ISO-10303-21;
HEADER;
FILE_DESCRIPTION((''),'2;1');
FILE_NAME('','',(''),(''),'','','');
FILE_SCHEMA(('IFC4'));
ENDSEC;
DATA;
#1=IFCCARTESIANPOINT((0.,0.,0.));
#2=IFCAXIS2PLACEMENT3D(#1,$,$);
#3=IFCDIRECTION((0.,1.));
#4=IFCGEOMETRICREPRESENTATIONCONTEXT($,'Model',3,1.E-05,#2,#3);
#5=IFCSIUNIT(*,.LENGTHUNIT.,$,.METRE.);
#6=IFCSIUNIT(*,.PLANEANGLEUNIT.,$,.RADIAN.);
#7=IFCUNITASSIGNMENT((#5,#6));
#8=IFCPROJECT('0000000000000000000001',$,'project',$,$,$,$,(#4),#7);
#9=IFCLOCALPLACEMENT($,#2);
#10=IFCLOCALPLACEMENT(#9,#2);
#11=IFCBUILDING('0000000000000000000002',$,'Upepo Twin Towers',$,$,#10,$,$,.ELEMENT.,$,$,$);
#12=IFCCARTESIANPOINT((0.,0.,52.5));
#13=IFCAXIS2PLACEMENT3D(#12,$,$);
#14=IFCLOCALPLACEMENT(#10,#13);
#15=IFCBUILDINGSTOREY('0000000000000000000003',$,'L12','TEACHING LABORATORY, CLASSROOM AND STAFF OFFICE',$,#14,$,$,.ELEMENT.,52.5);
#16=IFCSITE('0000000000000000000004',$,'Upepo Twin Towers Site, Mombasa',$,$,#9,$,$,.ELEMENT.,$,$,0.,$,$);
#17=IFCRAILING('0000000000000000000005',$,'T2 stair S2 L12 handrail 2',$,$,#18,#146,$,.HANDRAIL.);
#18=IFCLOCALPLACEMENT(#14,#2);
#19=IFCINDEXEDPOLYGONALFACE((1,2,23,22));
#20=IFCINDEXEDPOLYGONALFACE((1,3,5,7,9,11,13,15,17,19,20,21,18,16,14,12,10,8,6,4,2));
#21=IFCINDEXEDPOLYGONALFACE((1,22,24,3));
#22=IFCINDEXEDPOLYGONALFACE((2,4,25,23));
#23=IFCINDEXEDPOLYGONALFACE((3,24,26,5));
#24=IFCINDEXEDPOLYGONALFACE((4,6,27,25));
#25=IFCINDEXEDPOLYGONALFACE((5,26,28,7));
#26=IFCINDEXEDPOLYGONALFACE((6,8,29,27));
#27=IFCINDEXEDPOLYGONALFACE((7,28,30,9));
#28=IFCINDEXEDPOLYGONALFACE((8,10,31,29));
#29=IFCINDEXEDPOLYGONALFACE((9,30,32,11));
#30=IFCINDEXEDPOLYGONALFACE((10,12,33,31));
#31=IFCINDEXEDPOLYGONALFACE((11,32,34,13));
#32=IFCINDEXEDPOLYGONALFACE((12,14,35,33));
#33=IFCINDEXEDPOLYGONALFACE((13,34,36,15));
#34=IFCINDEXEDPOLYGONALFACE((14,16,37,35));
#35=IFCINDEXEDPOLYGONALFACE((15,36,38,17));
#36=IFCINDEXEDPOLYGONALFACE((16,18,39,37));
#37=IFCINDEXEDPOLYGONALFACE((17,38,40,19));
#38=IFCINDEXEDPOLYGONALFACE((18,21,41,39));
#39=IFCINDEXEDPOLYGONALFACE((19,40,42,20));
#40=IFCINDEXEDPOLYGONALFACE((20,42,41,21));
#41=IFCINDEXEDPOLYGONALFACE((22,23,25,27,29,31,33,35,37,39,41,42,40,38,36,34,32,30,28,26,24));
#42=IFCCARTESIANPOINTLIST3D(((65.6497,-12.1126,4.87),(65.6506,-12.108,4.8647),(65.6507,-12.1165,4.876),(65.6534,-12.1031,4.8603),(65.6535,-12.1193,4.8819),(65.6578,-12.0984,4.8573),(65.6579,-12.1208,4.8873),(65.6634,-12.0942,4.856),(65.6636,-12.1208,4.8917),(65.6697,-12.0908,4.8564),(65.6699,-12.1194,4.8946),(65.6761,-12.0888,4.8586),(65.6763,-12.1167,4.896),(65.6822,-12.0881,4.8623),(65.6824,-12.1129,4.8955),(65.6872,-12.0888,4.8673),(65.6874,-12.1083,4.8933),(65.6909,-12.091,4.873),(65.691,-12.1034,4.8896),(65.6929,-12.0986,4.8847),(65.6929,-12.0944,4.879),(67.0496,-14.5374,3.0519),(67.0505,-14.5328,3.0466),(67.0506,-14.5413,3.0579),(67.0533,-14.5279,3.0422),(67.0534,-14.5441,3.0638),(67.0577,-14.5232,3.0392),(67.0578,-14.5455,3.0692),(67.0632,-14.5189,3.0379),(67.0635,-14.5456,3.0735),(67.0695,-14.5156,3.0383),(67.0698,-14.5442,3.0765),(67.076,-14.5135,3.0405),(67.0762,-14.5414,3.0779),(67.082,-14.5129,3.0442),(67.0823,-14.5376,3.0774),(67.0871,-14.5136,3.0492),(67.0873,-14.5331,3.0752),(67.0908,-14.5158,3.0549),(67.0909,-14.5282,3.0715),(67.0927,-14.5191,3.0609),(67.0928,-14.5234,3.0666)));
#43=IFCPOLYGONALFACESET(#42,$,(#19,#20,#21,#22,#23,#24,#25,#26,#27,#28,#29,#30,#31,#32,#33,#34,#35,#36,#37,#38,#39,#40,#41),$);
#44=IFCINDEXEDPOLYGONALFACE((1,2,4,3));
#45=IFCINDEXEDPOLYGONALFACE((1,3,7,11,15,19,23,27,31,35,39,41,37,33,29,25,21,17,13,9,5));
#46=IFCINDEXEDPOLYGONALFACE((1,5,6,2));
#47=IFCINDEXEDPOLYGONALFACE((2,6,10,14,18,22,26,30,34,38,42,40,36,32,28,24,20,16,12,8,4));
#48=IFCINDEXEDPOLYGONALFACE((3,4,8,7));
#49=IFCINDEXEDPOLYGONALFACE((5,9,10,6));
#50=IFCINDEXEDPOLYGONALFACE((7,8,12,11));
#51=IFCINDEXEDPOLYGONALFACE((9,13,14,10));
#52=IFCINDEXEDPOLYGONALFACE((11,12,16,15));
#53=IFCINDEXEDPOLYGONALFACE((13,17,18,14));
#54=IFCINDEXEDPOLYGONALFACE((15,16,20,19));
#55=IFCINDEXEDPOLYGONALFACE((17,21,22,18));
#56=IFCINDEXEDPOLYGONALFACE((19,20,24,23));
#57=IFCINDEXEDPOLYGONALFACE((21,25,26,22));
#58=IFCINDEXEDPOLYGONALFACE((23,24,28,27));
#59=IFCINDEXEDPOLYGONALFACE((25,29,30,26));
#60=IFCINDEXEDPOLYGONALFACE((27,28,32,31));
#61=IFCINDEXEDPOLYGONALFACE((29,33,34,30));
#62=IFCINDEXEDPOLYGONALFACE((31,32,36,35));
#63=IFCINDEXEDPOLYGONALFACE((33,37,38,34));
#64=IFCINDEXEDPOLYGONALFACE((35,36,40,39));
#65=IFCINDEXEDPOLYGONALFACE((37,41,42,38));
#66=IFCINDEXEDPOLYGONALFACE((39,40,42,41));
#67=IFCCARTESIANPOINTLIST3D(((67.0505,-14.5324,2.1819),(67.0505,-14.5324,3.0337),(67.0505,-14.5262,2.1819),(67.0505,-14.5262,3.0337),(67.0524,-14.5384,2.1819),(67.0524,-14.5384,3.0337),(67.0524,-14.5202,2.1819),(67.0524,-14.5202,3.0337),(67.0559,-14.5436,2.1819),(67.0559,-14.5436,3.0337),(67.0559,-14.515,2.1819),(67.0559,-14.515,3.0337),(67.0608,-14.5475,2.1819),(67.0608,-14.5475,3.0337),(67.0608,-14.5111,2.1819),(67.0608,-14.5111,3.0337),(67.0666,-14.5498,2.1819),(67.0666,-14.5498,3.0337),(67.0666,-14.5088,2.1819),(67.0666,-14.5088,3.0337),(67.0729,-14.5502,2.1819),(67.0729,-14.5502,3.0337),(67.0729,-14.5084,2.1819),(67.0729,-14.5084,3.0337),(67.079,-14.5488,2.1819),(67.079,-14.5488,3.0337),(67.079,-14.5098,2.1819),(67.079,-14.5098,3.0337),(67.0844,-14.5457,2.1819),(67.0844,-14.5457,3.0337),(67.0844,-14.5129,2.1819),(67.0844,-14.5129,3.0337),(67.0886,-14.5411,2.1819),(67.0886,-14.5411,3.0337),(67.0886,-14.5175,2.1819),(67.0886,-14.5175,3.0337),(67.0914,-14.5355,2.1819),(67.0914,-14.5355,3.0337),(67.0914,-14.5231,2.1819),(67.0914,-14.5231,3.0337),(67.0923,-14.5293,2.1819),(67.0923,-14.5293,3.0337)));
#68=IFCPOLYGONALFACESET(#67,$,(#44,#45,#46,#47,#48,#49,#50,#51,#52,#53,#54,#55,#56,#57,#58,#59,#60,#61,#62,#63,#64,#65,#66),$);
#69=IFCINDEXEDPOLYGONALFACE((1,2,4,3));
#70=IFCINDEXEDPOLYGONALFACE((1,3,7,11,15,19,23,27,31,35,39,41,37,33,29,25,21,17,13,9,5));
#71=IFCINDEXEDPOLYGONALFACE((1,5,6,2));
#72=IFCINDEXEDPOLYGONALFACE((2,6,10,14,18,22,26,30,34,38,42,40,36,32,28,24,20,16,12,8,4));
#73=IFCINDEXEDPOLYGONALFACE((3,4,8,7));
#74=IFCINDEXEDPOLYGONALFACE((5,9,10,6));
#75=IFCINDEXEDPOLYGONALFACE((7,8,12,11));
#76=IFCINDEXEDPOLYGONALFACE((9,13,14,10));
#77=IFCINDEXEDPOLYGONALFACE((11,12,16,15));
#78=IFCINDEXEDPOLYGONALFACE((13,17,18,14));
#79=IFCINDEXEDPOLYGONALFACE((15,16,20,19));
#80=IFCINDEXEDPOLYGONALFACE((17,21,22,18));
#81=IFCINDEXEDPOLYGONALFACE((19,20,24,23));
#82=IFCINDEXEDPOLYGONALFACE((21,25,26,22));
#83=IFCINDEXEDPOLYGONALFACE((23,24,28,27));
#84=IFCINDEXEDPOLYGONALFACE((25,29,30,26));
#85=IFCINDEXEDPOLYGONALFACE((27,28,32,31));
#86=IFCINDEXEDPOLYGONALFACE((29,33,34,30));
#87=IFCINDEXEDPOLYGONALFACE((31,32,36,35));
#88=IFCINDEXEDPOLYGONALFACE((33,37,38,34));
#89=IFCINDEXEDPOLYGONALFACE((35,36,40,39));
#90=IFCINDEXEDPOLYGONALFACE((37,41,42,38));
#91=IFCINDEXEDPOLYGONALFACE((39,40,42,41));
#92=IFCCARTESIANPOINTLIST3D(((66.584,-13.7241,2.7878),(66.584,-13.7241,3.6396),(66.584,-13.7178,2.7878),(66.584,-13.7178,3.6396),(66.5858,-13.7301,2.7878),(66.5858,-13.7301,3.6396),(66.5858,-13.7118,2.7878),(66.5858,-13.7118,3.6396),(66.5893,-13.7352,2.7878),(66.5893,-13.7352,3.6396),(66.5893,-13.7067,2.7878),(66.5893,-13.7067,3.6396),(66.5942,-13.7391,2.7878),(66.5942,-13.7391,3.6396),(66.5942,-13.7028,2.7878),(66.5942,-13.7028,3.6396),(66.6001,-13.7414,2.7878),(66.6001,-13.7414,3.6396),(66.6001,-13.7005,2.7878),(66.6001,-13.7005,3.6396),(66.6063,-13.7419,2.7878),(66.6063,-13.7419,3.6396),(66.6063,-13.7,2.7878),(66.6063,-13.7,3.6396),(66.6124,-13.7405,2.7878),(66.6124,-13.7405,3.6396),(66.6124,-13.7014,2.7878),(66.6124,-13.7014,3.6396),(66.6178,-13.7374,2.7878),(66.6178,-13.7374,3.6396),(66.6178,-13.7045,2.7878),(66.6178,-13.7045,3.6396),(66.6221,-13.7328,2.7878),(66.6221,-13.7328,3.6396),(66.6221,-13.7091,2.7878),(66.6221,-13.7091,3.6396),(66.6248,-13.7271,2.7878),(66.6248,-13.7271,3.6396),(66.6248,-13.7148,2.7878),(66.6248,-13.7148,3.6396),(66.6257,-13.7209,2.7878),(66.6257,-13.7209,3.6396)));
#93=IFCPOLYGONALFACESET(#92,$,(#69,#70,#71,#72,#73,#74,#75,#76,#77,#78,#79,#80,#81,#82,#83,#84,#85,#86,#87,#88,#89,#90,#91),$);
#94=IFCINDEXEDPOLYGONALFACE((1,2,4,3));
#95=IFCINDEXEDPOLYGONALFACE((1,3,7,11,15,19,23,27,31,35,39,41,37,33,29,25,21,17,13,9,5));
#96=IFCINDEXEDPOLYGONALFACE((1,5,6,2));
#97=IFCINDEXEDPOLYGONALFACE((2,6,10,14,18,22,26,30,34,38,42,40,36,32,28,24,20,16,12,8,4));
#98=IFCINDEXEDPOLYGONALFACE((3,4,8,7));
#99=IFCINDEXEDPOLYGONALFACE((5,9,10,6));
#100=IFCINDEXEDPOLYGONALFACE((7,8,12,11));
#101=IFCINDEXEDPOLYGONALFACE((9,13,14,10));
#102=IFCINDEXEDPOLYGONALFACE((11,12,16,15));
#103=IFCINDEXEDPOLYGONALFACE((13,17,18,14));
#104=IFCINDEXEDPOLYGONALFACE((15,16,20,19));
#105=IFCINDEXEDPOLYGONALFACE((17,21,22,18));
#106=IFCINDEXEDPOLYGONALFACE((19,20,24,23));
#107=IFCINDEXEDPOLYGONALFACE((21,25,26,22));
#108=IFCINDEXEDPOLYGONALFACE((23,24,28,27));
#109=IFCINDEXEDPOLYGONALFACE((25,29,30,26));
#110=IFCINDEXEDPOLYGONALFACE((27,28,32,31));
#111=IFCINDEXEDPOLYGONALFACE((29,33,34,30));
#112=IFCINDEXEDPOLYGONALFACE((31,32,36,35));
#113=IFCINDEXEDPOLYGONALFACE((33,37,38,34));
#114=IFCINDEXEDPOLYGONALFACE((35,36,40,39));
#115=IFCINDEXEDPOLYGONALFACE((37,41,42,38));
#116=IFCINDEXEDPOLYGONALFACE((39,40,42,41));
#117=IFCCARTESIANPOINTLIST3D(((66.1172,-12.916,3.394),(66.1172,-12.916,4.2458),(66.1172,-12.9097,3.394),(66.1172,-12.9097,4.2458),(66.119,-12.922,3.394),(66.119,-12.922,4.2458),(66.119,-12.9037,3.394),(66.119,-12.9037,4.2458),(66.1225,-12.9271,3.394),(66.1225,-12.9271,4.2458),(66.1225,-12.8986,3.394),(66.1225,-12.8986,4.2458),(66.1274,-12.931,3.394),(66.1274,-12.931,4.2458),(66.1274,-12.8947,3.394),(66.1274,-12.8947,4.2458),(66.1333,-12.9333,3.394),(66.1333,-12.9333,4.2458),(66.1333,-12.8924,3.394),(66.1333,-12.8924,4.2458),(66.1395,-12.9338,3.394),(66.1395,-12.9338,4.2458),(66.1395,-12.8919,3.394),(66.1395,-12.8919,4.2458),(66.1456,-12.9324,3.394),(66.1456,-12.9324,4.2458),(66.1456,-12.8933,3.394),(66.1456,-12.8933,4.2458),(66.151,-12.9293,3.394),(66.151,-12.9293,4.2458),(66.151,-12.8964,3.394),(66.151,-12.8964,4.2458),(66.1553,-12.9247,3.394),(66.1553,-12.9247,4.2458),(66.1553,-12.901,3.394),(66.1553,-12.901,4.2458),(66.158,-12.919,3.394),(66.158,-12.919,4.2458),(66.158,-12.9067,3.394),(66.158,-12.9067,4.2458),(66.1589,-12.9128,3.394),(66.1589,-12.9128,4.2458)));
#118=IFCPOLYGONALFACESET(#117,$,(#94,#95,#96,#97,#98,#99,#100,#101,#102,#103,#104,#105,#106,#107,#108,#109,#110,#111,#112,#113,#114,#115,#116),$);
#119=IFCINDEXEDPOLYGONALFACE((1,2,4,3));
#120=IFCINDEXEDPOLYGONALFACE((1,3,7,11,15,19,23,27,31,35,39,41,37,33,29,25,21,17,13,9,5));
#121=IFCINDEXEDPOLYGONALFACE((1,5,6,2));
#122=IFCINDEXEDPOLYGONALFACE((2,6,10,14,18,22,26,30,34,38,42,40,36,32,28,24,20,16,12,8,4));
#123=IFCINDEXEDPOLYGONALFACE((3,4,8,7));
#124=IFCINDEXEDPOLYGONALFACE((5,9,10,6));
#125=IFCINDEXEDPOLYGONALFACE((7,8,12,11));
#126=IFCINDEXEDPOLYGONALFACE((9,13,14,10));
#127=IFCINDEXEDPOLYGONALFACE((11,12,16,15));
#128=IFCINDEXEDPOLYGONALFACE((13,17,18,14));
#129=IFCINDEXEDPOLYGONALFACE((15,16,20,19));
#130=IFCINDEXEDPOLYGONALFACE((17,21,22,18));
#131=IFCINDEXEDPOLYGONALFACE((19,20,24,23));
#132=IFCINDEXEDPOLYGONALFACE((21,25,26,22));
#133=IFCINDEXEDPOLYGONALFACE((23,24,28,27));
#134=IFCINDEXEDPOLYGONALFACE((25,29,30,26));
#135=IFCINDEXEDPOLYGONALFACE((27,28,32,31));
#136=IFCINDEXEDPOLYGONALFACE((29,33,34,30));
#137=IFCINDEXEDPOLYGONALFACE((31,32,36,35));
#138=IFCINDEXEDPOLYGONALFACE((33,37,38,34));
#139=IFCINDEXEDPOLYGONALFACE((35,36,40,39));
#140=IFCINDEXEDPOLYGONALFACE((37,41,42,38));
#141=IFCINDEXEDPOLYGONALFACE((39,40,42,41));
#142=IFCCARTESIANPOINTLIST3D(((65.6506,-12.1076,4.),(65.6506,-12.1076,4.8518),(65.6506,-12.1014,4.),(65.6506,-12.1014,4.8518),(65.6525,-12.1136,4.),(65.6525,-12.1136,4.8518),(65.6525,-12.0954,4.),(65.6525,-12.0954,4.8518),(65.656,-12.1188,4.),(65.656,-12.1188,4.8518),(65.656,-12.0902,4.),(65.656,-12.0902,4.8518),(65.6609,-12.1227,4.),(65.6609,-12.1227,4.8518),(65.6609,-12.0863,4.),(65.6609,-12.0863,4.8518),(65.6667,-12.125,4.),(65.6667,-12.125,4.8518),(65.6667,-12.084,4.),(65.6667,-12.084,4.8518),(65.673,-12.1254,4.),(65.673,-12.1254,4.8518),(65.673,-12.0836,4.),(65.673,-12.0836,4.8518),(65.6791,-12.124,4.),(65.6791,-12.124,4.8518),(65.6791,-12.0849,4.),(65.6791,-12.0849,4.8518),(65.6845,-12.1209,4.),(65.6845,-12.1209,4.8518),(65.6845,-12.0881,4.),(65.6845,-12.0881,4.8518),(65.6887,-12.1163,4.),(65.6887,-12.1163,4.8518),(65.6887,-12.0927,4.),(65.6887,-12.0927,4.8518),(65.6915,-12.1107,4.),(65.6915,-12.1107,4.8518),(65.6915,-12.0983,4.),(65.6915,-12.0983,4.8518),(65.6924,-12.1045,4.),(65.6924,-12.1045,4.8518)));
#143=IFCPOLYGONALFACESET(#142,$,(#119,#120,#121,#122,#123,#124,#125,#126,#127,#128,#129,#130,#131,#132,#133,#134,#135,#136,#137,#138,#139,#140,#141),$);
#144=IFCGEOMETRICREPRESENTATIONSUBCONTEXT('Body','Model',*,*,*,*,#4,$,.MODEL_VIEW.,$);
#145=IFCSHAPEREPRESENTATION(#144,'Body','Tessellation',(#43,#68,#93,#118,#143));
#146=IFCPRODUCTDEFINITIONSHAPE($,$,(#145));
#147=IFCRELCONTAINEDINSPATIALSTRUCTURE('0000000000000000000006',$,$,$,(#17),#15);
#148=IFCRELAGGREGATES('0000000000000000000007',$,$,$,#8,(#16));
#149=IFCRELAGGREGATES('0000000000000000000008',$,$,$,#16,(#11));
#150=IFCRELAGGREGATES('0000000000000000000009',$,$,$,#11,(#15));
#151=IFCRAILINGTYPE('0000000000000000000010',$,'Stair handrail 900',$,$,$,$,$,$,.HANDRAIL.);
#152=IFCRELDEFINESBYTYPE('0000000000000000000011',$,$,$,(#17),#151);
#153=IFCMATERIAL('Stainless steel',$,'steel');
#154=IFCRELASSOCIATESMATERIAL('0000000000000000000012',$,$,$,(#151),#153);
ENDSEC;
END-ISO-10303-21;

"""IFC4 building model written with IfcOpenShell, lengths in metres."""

from ifc_helpers import new_model, si_unit, direction, frame, origin, origin_2d, place, context, subcontext, project, spatial, circle, extrude, material, type_object, element, save


model = new_model("IFC4")

# Units and contexts
model_context = context("Model", 3, precision=1e-05, world=origin(), true_north=direction((0.0, 1.0)))
body_context = subcontext(model_context, "Body", "Model", "MODEL_VIEW")
ifc_project = project(units=[si_unit("LENGTHUNIT", "METRE"), si_unit("PLANEANGLEUNIT", "RADIAN")], contexts=[model_context])

# Site, building, storey
site_placement = place(None, origin())
site = spatial("IfcSite", under=ifc_project, at=site_placement, Name="Upepo Twin Towers Site, Mombasa", CompositionType="ELEMENT", RefElevation=0.0)
building_placement = place(site_placement, origin())
building = spatial("IfcBuilding", under=site, at=building_placement, Name="Upepo Twin Towers", CompositionType="ELEMENT")
storey_placement = place(building_placement, frame((0.0, 0.0, 52.5)))
storey = spatial("IfcBuildingStorey", under=building, at=storey_placement, Name="L12", Description="TEACHING LABORATORY, CLASSROOM AND STAFF OFFICE", CompositionType="ELEMENT", Elevation=52.5)

# Railing
ifc_material_1 = material(Name="Stainless steel", Category="steel")
railing_type = type_object("IfcRailingType", Name="Stair handrail 900", PredefinedType="HANDRAIL", material=ifc_material_1)
railing_1_placement = place(storey_placement, frame((67.0713, -14.5293, 2.1819)))
element("IfcRailing", 1, at=railing_1_placement, inside=storey, type_object=railing_type, Name="T2 stair S2 L12 handrail 2", PredefinedType="HANDRAIL", context=body_context, shape_type="SweptSolid", body=[
    extrude(circle(Radius=0.0239, at=origin_2d()), frame((0.0, 0.0, 0.876), z_axis=(-0.419333, 0.726336, 0.544606), x_axis=(-0.866035, -0.499984, 0.0)), (0.0, 0.0, 1.0), 3.3384),
    extrude(circle(Radius=0.021, at=origin_2d()), origin(), (0.0, 0.0, 1.0), 0.8518),
    extrude(circle(Radius=0.021, at=origin_2d()), frame((-0.4666, 0.8083, 0.606)), (0.0, 0.0, 1.0), 0.8518),
    extrude(circle(Radius=0.021, at=origin_2d()), frame((-0.9333, 1.6165, 1.2122)), (0.0, 0.0, 1.0), 0.8518),
    extrude(circle(Radius=0.021, at=origin_2d()), frame((-1.3999, 2.4248, 1.8181)), (0.0, 0.0, 1.0), 0.8518),
])

save(model, "model.ifc")
